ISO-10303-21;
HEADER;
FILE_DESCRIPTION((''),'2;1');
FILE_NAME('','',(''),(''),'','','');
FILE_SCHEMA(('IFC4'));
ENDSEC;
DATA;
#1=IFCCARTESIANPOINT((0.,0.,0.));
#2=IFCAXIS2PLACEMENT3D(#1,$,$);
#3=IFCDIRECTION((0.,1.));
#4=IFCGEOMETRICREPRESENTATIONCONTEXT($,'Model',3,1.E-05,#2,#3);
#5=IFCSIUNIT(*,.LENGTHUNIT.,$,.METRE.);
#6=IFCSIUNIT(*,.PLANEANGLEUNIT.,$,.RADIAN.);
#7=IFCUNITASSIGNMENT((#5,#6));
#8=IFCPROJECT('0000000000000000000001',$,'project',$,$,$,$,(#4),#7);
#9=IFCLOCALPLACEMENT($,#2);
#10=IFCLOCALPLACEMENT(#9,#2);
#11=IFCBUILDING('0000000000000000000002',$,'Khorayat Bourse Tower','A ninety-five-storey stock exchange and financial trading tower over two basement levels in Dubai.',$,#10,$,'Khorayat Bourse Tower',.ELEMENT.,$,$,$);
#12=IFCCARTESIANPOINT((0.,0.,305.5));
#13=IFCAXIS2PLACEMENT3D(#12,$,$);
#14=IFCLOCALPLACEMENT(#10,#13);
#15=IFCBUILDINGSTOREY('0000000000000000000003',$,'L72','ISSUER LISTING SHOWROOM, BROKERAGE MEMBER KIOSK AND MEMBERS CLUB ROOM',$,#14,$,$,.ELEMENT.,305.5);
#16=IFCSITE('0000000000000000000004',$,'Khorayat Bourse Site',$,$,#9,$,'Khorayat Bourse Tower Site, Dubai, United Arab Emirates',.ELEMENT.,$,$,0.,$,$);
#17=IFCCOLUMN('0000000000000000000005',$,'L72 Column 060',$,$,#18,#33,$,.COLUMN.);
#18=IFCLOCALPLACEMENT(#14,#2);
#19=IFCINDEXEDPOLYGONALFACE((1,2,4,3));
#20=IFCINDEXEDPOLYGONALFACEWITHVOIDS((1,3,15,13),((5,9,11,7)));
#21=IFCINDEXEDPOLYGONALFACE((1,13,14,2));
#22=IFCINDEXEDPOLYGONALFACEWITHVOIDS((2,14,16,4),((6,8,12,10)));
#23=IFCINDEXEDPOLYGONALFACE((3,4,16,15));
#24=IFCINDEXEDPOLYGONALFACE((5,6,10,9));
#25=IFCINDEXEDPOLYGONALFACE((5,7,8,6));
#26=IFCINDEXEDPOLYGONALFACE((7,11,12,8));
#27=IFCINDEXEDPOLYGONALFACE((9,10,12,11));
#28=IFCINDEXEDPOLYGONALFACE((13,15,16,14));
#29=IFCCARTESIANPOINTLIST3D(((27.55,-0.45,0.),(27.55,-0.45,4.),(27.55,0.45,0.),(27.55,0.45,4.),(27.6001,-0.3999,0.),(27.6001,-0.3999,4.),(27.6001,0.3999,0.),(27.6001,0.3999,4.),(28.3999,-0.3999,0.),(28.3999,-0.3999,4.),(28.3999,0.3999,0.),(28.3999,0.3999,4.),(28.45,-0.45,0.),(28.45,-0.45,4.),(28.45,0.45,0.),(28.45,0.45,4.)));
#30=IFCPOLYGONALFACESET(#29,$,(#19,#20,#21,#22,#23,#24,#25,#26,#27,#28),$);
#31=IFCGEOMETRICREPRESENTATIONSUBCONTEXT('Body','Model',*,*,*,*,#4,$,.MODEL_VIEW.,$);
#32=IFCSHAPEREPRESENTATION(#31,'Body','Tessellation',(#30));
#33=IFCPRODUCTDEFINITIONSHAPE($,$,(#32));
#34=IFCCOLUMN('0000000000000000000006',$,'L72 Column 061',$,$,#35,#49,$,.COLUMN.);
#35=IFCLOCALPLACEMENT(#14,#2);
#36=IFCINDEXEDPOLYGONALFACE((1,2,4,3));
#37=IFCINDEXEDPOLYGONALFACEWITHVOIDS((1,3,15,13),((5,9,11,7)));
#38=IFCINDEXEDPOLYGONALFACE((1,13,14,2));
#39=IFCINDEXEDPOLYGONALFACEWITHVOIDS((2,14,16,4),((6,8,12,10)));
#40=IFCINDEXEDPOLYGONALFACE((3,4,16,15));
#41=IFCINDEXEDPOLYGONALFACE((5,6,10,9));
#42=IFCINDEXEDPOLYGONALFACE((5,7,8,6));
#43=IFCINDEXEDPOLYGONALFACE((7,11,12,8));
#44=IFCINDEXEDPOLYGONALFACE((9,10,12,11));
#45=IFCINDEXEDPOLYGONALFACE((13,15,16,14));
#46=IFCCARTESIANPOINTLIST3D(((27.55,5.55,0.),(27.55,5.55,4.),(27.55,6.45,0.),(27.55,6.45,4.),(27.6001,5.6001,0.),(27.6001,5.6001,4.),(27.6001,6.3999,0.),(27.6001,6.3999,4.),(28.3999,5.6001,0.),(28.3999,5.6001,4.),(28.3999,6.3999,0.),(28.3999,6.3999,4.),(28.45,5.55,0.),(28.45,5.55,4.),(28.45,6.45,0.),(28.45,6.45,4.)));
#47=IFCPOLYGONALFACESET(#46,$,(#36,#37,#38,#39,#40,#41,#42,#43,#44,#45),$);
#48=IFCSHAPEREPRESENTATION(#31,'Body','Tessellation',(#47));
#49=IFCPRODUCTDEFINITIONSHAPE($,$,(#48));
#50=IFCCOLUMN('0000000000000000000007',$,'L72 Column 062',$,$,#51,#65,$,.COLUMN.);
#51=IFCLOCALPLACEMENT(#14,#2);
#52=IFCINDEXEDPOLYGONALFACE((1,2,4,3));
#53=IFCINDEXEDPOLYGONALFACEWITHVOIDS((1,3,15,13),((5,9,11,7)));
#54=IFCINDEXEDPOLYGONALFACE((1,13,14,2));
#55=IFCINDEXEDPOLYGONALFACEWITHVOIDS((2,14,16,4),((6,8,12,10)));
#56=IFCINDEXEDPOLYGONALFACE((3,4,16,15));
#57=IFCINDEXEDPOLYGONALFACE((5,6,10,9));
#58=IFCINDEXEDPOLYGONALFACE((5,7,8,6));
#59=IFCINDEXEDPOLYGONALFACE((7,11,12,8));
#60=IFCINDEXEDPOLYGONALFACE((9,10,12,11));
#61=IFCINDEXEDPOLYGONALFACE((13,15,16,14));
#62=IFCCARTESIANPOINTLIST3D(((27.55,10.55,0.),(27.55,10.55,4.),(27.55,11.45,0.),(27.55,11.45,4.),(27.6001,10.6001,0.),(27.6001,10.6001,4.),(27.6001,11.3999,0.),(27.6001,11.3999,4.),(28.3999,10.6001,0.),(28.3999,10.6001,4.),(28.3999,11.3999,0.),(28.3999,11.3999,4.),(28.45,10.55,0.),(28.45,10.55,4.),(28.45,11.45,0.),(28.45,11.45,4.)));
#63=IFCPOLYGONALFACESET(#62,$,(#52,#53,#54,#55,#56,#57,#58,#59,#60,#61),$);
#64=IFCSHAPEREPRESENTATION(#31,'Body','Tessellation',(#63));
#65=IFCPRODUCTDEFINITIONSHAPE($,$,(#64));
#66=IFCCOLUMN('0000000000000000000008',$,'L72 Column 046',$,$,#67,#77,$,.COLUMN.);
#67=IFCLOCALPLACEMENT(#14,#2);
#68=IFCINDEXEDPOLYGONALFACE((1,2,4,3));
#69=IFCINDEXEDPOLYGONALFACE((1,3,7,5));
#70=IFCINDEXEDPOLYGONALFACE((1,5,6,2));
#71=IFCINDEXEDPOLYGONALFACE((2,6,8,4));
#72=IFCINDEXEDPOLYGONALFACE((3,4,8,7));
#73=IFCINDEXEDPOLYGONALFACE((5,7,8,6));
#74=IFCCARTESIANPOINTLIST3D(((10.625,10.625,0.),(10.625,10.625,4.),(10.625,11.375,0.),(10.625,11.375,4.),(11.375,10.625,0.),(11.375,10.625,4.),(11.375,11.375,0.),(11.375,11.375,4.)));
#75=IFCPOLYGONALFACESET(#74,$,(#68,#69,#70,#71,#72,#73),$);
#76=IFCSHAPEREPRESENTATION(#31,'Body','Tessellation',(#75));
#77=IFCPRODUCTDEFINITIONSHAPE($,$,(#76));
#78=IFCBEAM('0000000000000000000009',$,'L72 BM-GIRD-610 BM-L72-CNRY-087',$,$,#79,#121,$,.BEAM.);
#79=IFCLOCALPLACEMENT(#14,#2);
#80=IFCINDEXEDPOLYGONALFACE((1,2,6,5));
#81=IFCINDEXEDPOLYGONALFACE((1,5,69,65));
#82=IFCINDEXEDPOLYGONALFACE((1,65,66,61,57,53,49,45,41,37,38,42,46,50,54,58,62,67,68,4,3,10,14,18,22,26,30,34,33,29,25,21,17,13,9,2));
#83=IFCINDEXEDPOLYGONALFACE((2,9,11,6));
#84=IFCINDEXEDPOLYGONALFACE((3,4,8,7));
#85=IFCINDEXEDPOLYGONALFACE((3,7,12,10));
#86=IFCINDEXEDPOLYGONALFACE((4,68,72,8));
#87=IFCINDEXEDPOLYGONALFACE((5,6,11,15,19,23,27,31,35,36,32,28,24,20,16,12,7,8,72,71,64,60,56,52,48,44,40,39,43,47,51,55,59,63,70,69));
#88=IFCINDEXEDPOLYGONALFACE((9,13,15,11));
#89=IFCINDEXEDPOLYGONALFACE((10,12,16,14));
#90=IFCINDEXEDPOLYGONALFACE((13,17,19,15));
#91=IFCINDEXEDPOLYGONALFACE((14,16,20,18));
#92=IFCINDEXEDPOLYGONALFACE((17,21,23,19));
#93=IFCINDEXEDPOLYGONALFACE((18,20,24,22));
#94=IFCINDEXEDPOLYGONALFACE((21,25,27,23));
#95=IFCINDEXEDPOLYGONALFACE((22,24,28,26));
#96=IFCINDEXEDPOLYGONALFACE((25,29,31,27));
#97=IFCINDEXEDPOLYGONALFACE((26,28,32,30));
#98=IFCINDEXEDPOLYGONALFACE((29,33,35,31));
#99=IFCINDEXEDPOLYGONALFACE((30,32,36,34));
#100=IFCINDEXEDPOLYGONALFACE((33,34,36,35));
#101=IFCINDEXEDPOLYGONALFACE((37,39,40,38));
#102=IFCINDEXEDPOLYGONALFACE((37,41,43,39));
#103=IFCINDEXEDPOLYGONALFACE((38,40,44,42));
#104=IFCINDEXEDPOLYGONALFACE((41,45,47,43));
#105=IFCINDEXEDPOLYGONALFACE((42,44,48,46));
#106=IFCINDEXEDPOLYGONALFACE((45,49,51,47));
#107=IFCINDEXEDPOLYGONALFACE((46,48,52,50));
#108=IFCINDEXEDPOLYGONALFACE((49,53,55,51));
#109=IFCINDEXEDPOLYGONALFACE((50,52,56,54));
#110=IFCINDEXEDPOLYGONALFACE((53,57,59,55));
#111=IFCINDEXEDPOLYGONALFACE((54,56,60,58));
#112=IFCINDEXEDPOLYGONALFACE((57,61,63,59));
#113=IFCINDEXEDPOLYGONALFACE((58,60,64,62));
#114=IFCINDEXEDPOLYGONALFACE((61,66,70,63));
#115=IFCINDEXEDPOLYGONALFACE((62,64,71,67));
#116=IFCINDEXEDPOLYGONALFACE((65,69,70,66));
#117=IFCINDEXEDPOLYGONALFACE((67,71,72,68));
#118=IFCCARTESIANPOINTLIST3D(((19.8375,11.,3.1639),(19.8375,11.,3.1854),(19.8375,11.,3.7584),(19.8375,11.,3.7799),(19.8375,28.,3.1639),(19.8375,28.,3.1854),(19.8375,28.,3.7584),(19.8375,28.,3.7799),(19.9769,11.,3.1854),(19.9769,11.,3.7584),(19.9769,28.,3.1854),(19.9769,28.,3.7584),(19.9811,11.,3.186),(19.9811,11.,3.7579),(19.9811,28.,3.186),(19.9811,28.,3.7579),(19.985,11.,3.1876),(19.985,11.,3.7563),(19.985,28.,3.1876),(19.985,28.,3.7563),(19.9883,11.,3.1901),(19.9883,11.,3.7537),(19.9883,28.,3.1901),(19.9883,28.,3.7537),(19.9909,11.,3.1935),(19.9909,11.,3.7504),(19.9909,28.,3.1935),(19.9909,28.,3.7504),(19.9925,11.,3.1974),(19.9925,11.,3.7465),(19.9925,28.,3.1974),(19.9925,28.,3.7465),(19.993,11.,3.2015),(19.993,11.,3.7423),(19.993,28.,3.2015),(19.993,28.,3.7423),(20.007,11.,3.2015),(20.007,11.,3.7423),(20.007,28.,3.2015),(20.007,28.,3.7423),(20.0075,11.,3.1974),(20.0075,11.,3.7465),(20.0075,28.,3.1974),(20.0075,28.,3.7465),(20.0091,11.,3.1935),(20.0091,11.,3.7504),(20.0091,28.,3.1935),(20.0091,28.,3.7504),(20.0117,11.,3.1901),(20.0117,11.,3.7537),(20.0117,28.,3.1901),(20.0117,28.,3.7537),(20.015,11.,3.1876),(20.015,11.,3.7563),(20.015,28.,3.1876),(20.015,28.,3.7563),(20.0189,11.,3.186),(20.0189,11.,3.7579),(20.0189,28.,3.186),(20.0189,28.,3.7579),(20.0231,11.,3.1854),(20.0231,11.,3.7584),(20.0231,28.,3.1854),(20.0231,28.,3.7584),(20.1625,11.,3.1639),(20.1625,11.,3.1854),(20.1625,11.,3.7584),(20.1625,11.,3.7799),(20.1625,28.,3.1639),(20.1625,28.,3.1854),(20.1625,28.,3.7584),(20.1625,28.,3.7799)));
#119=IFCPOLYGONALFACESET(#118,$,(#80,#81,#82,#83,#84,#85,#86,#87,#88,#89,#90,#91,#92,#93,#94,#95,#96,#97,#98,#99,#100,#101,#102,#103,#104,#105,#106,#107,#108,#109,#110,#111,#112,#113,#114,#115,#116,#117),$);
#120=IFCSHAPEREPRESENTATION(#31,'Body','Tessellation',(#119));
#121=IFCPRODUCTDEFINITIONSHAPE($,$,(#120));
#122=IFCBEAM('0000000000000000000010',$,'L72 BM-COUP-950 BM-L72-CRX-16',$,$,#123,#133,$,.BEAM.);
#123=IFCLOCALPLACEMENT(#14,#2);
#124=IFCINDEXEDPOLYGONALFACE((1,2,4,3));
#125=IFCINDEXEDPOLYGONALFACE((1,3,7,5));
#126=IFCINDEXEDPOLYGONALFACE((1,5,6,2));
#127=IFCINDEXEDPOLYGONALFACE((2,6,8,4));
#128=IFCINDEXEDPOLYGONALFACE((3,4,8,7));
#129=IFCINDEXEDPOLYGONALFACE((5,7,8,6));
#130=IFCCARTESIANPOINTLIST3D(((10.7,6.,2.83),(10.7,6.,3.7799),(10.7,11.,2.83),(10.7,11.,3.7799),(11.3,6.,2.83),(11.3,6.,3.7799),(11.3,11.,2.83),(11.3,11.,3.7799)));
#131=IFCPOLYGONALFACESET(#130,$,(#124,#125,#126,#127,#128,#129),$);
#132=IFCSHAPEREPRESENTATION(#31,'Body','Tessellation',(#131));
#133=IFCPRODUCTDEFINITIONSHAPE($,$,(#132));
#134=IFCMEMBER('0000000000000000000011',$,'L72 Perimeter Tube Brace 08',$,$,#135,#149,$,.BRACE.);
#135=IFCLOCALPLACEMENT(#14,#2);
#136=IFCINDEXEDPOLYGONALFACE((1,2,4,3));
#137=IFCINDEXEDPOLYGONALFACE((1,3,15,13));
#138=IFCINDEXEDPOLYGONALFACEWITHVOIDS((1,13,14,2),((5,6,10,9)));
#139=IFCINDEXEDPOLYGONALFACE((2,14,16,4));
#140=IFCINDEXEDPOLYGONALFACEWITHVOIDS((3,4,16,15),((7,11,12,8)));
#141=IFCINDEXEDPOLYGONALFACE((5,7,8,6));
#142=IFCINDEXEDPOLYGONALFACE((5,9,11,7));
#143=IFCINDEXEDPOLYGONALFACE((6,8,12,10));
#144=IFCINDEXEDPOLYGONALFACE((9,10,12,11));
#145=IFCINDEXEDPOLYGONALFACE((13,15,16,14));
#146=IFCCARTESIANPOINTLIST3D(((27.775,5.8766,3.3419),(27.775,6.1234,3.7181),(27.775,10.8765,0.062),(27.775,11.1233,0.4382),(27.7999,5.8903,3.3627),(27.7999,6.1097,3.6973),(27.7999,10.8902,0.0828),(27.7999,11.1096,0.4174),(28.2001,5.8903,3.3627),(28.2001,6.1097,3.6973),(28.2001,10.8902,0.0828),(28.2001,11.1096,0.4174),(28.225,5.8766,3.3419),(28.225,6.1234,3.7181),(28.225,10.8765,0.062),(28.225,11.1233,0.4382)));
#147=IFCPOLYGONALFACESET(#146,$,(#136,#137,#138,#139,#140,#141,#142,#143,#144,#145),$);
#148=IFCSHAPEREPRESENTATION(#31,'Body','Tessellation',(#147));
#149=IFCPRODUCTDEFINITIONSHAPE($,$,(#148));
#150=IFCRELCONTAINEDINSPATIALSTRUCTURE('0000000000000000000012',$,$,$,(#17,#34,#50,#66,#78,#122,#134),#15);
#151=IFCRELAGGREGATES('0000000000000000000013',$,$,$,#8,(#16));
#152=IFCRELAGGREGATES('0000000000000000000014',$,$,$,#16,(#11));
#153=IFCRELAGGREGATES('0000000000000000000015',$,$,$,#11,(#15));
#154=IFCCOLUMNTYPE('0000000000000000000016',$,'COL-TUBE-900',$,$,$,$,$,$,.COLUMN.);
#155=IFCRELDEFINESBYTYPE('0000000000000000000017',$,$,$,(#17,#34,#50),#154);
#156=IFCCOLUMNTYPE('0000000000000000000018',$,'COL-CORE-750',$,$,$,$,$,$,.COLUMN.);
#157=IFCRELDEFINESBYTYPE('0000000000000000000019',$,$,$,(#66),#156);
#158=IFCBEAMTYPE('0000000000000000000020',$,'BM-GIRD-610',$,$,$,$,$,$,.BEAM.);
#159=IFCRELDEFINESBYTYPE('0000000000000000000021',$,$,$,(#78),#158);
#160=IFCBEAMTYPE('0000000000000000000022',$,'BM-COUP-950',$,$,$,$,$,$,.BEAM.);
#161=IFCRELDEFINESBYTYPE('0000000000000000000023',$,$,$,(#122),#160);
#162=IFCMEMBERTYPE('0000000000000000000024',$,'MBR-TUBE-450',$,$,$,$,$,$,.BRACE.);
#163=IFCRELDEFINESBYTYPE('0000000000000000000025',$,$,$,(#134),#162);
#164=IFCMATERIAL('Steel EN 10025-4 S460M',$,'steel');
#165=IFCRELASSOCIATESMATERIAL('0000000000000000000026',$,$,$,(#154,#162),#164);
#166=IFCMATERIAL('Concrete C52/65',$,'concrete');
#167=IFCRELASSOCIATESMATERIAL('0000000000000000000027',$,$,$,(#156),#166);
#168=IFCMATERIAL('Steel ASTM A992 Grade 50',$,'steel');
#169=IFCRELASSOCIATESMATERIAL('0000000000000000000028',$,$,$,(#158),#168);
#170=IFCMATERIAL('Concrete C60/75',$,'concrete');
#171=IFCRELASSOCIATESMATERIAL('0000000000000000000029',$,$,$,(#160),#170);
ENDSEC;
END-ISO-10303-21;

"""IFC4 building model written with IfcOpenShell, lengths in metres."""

from ifc_helpers import new_model, si_unit, direction, frame, origin, origin_2d, place, context, subcontext, project, spatial, rectangle, hollow_rectangle, i_section, extrude, source, transform, mapped, material, material_profile, profile_set, type_object, element, save


model = new_model("IFC4")

# Units and contexts
model_context = context("Model", 3, precision=1e-05, world=origin(), true_north=direction((0.0, 1.0)))
body_context = subcontext(model_context, "Body", "Model", "MODEL_VIEW")
ifc_project = project(units=[si_unit("LENGTHUNIT", "METRE"), si_unit("PLANEANGLEUNIT", "RADIAN")], contexts=[model_context])

# Site, building, storey
site_placement = place(None, origin())
site = spatial("IfcSite", under=ifc_project, at=site_placement, Name="Khorayat Bourse Site", LongName="Khorayat Bourse Tower Site, Dubai, United Arab Emirates", CompositionType="ELEMENT", RefElevation=0.0)
building_placement = place(site_placement, origin())
building = spatial("IfcBuilding", under=site, at=building_placement, Name="Khorayat Bourse Tower", Description="A ninety-five-storey stock exchange and financial trading tower over two basement levels in Dubai.", LongName="Khorayat Bourse Tower", CompositionType="ELEMENT")
storey_placement = place(building_placement, frame((0.0, 0.0, 305.5)))
storey = spatial("IfcBuildingStorey", under=building, at=storey_placement, Name="L72", Description="ISSUER LISTING SHOWROOM, BROKERAGE MEMBER KIOSK AND MEMBERS CLUB ROOM", CompositionType="ELEMENT", Elevation=305.5)

# Columns
ifc_material_1 = material(Name="Steel EN 10025-4 S460M", Category="steel")
ifc_material_profile_1 = material_profile(ifc_material_1, hollow_rectangle(XDim=0.8999, YDim=0.8999, WallThickness=0.05, at=origin_2d()), Name="BOX 900x900x50")
ifc_profile_set_1 = profile_set([ifc_material_profile_1], Name="Steel EN 10025-4 S460M")
column_type_1 = type_object("IfcColumnType", Name="COL-TUBE-900", PredefinedType="COLUMN", material=ifc_profile_set_1)
shared_shape_1 = source(origin(), body_context, "Body", "SweptSolid", [
    extrude(hollow_rectangle(XDim=0.8999, YDim=0.8999, WallThickness=0.05, at=origin_2d()), origin(), (0.0, 0.0, 1.0), 4.0),
])
for number, where, z_axis, x_axis, name in (
    (1, (28.0, 0.0, 0.0), (0.0, 0.0, 1.0), (1.0, 0.0, 0.0), "L72 Column 060"),
    (2, (28.0, 6.0, 0.0), (0.0, 0.0, 1.0), (1.0, 0.0, 0.0), "L72 Column 061"),
    (3, (28.0, 11.0, 0.0), (0.0, 0.0, 1.0), (1.0, 0.0, 0.0), "L72 Column 062"),
):
    element("IfcColumn", number, at=place(storey_placement, frame(where, z_axis=z_axis, x_axis=x_axis)), inside=storey, type_object=column_type_1, Name=name, PredefinedType="COLUMN", context=body_context, shape_type="MappedRepresentation", body=[
        mapped(shared_shape_1, transform((0.0, 0.0, 0.0), scale=1.0)),
    ])
ifc_material_2 = material(Name="Concrete C52/65", Category="concrete")
ifc_material_profile_2 = material_profile(ifc_material_2, rectangle(XDim=0.75, YDim=0.75, at=origin_2d()), Name="RC 750x750")
ifc_profile_set_2 = profile_set([ifc_material_profile_2], Name="Concrete C52/65")
column_type_2 = type_object("IfcColumnType", Name="COL-CORE-750", PredefinedType="COLUMN", material=ifc_profile_set_2)
shared_shape_2 = source(origin(), body_context, "Body", "SweptSolid", [
    extrude(rectangle(XDim=0.75, YDim=0.75, at=origin_2d()), origin(), (0.0, 0.0, 1.0), 4.0),
])
column_placement = place(storey_placement, frame((11.0, 11.0, 0.0), z_axis=(0.0, 0.0, 1.0), x_axis=(1.0, 0.0, 0.0)))
element("IfcColumn", 4, at=column_placement, inside=storey, type_object=column_type_2, Name="L72 Column 046", PredefinedType="COLUMN", context=body_context, shape_type="MappedRepresentation", body=[
    mapped(shared_shape_2, transform((0.0, 0.0, 0.0), scale=1.0)),
])

# Beams
ifc_material_3 = material(Name="Steel ASTM A992 Grade 50", Category="steel")
ifc_material_profile_3 = material_profile(ifc_material_3, i_section(OverallWidth=0.325, OverallDepth=0.616, WebThickness=0.0139, FlangeThickness=0.0215, FilletRadius=0.0161, at=origin_2d()), Name="W610X174")
ifc_profile_set_3 = profile_set([ifc_material_profile_3], Name="Steel ASTM A992 Grade 50")
beam_type_1 = type_object("IfcBeamType", Name="BM-GIRD-610", PredefinedType="BEAM", material=ifc_profile_set_3)
shared_shape_3 = source(origin(), body_context, "Body", "SweptSolid", [
    extrude(i_section(OverallWidth=0.325, OverallDepth=0.616, WebThickness=0.0139, FlangeThickness=0.0215, FilletRadius=0.0161, at=origin_2d()), origin(), (0.0, 0.0, 1.0), 17.0),
])
beam_1_placement = place(storey_placement, frame((20.0, 11.0, 3.4719), z_axis=(0.0, 1.0, 0.0), x_axis=(-1.0, 0.0, 0.0)))
element("IfcBeam", 5, at=beam_1_placement, inside=storey, type_object=beam_type_1, Name="L72 BM-GIRD-610 BM-L72-CNRY-087", PredefinedType="BEAM", context=body_context, shape_type="MappedRepresentation", body=[
    mapped(shared_shape_3, transform((0.0, 0.0, 0.0), scale=1.0)),
])
ifc_material_4 = material(Name="Concrete C60/75", Category="concrete")
ifc_material_profile_4 = material_profile(ifc_material_4, rectangle(XDim=0.6001, YDim=0.95, at=origin_2d()), Name="RC 600x950")
ifc_profile_set_4 = profile_set([ifc_material_profile_4], Name="Concrete C60/75")
beam_type_2 = type_object("IfcBeamType", Name="BM-COUP-950", PredefinedType="BEAM", material=ifc_profile_set_4)
shared_shape_4 = source(origin(), body_context, "Body", "SweptSolid", [
    extrude(rectangle(XDim=0.6001, YDim=0.95, at=origin_2d()), origin(), (0.0, 0.0, 1.0), 5.0),
])
beam_2_placement = place(storey_placement, frame((11.0, 6.0, 3.3049), z_axis=(0.0, 1.0, 0.0), x_axis=(-1.0, 0.0, 0.0)))
element("IfcBeam", 6, at=beam_2_placement, inside=storey, type_object=beam_type_2, Name="L72 BM-COUP-950 BM-L72-CRX-16", PredefinedType="BEAM", context=body_context, shape_type="MappedRepresentation", body=[
    mapped(shared_shape_4, transform((0.0, 0.0, 0.0), scale=1.0)),
])

# Member
ifc_material_profile_5 = material_profile(ifc_material_1, hollow_rectangle(XDim=0.45, YDim=0.45, WallThickness=0.0249, at=origin_2d()), Name="HSS 450x450x25")
ifc_profile_set_5 = profile_set([ifc_material_profile_5], Name="Steel EN 10025-4 S460M")
member_type_1 = type_object("IfcMemberType", Name="MBR-TUBE-450", PredefinedType="BRACE", material=ifc_profile_set_5)
shared_shape_5 = source(origin(), body_context, "Body", "SweptSolid", [
    extrude(hollow_rectangle(XDim=0.45, YDim=0.45, WallThickness=0.0249, at=origin_2d()), origin(), (0.0, 0.0, 1.0), 5.9797),
])
member_1_placement = place(storey_placement, frame((28.0, 6.0, 3.53), z_axis=(0.0, 0.836142, -0.548514), x_axis=(-1.0, 0.0, 0.0)))
element("IfcMember", 7, at=member_1_placement, inside=storey, type_object=member_type_1, Name="L72 Perimeter Tube Brace 08", PredefinedType="BRACE", context=body_context, shape_type="MappedRepresentation", body=[
    mapped(shared_shape_5, transform((0.0, 0.0, 0.0), scale=1.0)),
])

save(model, "model.ifc")
